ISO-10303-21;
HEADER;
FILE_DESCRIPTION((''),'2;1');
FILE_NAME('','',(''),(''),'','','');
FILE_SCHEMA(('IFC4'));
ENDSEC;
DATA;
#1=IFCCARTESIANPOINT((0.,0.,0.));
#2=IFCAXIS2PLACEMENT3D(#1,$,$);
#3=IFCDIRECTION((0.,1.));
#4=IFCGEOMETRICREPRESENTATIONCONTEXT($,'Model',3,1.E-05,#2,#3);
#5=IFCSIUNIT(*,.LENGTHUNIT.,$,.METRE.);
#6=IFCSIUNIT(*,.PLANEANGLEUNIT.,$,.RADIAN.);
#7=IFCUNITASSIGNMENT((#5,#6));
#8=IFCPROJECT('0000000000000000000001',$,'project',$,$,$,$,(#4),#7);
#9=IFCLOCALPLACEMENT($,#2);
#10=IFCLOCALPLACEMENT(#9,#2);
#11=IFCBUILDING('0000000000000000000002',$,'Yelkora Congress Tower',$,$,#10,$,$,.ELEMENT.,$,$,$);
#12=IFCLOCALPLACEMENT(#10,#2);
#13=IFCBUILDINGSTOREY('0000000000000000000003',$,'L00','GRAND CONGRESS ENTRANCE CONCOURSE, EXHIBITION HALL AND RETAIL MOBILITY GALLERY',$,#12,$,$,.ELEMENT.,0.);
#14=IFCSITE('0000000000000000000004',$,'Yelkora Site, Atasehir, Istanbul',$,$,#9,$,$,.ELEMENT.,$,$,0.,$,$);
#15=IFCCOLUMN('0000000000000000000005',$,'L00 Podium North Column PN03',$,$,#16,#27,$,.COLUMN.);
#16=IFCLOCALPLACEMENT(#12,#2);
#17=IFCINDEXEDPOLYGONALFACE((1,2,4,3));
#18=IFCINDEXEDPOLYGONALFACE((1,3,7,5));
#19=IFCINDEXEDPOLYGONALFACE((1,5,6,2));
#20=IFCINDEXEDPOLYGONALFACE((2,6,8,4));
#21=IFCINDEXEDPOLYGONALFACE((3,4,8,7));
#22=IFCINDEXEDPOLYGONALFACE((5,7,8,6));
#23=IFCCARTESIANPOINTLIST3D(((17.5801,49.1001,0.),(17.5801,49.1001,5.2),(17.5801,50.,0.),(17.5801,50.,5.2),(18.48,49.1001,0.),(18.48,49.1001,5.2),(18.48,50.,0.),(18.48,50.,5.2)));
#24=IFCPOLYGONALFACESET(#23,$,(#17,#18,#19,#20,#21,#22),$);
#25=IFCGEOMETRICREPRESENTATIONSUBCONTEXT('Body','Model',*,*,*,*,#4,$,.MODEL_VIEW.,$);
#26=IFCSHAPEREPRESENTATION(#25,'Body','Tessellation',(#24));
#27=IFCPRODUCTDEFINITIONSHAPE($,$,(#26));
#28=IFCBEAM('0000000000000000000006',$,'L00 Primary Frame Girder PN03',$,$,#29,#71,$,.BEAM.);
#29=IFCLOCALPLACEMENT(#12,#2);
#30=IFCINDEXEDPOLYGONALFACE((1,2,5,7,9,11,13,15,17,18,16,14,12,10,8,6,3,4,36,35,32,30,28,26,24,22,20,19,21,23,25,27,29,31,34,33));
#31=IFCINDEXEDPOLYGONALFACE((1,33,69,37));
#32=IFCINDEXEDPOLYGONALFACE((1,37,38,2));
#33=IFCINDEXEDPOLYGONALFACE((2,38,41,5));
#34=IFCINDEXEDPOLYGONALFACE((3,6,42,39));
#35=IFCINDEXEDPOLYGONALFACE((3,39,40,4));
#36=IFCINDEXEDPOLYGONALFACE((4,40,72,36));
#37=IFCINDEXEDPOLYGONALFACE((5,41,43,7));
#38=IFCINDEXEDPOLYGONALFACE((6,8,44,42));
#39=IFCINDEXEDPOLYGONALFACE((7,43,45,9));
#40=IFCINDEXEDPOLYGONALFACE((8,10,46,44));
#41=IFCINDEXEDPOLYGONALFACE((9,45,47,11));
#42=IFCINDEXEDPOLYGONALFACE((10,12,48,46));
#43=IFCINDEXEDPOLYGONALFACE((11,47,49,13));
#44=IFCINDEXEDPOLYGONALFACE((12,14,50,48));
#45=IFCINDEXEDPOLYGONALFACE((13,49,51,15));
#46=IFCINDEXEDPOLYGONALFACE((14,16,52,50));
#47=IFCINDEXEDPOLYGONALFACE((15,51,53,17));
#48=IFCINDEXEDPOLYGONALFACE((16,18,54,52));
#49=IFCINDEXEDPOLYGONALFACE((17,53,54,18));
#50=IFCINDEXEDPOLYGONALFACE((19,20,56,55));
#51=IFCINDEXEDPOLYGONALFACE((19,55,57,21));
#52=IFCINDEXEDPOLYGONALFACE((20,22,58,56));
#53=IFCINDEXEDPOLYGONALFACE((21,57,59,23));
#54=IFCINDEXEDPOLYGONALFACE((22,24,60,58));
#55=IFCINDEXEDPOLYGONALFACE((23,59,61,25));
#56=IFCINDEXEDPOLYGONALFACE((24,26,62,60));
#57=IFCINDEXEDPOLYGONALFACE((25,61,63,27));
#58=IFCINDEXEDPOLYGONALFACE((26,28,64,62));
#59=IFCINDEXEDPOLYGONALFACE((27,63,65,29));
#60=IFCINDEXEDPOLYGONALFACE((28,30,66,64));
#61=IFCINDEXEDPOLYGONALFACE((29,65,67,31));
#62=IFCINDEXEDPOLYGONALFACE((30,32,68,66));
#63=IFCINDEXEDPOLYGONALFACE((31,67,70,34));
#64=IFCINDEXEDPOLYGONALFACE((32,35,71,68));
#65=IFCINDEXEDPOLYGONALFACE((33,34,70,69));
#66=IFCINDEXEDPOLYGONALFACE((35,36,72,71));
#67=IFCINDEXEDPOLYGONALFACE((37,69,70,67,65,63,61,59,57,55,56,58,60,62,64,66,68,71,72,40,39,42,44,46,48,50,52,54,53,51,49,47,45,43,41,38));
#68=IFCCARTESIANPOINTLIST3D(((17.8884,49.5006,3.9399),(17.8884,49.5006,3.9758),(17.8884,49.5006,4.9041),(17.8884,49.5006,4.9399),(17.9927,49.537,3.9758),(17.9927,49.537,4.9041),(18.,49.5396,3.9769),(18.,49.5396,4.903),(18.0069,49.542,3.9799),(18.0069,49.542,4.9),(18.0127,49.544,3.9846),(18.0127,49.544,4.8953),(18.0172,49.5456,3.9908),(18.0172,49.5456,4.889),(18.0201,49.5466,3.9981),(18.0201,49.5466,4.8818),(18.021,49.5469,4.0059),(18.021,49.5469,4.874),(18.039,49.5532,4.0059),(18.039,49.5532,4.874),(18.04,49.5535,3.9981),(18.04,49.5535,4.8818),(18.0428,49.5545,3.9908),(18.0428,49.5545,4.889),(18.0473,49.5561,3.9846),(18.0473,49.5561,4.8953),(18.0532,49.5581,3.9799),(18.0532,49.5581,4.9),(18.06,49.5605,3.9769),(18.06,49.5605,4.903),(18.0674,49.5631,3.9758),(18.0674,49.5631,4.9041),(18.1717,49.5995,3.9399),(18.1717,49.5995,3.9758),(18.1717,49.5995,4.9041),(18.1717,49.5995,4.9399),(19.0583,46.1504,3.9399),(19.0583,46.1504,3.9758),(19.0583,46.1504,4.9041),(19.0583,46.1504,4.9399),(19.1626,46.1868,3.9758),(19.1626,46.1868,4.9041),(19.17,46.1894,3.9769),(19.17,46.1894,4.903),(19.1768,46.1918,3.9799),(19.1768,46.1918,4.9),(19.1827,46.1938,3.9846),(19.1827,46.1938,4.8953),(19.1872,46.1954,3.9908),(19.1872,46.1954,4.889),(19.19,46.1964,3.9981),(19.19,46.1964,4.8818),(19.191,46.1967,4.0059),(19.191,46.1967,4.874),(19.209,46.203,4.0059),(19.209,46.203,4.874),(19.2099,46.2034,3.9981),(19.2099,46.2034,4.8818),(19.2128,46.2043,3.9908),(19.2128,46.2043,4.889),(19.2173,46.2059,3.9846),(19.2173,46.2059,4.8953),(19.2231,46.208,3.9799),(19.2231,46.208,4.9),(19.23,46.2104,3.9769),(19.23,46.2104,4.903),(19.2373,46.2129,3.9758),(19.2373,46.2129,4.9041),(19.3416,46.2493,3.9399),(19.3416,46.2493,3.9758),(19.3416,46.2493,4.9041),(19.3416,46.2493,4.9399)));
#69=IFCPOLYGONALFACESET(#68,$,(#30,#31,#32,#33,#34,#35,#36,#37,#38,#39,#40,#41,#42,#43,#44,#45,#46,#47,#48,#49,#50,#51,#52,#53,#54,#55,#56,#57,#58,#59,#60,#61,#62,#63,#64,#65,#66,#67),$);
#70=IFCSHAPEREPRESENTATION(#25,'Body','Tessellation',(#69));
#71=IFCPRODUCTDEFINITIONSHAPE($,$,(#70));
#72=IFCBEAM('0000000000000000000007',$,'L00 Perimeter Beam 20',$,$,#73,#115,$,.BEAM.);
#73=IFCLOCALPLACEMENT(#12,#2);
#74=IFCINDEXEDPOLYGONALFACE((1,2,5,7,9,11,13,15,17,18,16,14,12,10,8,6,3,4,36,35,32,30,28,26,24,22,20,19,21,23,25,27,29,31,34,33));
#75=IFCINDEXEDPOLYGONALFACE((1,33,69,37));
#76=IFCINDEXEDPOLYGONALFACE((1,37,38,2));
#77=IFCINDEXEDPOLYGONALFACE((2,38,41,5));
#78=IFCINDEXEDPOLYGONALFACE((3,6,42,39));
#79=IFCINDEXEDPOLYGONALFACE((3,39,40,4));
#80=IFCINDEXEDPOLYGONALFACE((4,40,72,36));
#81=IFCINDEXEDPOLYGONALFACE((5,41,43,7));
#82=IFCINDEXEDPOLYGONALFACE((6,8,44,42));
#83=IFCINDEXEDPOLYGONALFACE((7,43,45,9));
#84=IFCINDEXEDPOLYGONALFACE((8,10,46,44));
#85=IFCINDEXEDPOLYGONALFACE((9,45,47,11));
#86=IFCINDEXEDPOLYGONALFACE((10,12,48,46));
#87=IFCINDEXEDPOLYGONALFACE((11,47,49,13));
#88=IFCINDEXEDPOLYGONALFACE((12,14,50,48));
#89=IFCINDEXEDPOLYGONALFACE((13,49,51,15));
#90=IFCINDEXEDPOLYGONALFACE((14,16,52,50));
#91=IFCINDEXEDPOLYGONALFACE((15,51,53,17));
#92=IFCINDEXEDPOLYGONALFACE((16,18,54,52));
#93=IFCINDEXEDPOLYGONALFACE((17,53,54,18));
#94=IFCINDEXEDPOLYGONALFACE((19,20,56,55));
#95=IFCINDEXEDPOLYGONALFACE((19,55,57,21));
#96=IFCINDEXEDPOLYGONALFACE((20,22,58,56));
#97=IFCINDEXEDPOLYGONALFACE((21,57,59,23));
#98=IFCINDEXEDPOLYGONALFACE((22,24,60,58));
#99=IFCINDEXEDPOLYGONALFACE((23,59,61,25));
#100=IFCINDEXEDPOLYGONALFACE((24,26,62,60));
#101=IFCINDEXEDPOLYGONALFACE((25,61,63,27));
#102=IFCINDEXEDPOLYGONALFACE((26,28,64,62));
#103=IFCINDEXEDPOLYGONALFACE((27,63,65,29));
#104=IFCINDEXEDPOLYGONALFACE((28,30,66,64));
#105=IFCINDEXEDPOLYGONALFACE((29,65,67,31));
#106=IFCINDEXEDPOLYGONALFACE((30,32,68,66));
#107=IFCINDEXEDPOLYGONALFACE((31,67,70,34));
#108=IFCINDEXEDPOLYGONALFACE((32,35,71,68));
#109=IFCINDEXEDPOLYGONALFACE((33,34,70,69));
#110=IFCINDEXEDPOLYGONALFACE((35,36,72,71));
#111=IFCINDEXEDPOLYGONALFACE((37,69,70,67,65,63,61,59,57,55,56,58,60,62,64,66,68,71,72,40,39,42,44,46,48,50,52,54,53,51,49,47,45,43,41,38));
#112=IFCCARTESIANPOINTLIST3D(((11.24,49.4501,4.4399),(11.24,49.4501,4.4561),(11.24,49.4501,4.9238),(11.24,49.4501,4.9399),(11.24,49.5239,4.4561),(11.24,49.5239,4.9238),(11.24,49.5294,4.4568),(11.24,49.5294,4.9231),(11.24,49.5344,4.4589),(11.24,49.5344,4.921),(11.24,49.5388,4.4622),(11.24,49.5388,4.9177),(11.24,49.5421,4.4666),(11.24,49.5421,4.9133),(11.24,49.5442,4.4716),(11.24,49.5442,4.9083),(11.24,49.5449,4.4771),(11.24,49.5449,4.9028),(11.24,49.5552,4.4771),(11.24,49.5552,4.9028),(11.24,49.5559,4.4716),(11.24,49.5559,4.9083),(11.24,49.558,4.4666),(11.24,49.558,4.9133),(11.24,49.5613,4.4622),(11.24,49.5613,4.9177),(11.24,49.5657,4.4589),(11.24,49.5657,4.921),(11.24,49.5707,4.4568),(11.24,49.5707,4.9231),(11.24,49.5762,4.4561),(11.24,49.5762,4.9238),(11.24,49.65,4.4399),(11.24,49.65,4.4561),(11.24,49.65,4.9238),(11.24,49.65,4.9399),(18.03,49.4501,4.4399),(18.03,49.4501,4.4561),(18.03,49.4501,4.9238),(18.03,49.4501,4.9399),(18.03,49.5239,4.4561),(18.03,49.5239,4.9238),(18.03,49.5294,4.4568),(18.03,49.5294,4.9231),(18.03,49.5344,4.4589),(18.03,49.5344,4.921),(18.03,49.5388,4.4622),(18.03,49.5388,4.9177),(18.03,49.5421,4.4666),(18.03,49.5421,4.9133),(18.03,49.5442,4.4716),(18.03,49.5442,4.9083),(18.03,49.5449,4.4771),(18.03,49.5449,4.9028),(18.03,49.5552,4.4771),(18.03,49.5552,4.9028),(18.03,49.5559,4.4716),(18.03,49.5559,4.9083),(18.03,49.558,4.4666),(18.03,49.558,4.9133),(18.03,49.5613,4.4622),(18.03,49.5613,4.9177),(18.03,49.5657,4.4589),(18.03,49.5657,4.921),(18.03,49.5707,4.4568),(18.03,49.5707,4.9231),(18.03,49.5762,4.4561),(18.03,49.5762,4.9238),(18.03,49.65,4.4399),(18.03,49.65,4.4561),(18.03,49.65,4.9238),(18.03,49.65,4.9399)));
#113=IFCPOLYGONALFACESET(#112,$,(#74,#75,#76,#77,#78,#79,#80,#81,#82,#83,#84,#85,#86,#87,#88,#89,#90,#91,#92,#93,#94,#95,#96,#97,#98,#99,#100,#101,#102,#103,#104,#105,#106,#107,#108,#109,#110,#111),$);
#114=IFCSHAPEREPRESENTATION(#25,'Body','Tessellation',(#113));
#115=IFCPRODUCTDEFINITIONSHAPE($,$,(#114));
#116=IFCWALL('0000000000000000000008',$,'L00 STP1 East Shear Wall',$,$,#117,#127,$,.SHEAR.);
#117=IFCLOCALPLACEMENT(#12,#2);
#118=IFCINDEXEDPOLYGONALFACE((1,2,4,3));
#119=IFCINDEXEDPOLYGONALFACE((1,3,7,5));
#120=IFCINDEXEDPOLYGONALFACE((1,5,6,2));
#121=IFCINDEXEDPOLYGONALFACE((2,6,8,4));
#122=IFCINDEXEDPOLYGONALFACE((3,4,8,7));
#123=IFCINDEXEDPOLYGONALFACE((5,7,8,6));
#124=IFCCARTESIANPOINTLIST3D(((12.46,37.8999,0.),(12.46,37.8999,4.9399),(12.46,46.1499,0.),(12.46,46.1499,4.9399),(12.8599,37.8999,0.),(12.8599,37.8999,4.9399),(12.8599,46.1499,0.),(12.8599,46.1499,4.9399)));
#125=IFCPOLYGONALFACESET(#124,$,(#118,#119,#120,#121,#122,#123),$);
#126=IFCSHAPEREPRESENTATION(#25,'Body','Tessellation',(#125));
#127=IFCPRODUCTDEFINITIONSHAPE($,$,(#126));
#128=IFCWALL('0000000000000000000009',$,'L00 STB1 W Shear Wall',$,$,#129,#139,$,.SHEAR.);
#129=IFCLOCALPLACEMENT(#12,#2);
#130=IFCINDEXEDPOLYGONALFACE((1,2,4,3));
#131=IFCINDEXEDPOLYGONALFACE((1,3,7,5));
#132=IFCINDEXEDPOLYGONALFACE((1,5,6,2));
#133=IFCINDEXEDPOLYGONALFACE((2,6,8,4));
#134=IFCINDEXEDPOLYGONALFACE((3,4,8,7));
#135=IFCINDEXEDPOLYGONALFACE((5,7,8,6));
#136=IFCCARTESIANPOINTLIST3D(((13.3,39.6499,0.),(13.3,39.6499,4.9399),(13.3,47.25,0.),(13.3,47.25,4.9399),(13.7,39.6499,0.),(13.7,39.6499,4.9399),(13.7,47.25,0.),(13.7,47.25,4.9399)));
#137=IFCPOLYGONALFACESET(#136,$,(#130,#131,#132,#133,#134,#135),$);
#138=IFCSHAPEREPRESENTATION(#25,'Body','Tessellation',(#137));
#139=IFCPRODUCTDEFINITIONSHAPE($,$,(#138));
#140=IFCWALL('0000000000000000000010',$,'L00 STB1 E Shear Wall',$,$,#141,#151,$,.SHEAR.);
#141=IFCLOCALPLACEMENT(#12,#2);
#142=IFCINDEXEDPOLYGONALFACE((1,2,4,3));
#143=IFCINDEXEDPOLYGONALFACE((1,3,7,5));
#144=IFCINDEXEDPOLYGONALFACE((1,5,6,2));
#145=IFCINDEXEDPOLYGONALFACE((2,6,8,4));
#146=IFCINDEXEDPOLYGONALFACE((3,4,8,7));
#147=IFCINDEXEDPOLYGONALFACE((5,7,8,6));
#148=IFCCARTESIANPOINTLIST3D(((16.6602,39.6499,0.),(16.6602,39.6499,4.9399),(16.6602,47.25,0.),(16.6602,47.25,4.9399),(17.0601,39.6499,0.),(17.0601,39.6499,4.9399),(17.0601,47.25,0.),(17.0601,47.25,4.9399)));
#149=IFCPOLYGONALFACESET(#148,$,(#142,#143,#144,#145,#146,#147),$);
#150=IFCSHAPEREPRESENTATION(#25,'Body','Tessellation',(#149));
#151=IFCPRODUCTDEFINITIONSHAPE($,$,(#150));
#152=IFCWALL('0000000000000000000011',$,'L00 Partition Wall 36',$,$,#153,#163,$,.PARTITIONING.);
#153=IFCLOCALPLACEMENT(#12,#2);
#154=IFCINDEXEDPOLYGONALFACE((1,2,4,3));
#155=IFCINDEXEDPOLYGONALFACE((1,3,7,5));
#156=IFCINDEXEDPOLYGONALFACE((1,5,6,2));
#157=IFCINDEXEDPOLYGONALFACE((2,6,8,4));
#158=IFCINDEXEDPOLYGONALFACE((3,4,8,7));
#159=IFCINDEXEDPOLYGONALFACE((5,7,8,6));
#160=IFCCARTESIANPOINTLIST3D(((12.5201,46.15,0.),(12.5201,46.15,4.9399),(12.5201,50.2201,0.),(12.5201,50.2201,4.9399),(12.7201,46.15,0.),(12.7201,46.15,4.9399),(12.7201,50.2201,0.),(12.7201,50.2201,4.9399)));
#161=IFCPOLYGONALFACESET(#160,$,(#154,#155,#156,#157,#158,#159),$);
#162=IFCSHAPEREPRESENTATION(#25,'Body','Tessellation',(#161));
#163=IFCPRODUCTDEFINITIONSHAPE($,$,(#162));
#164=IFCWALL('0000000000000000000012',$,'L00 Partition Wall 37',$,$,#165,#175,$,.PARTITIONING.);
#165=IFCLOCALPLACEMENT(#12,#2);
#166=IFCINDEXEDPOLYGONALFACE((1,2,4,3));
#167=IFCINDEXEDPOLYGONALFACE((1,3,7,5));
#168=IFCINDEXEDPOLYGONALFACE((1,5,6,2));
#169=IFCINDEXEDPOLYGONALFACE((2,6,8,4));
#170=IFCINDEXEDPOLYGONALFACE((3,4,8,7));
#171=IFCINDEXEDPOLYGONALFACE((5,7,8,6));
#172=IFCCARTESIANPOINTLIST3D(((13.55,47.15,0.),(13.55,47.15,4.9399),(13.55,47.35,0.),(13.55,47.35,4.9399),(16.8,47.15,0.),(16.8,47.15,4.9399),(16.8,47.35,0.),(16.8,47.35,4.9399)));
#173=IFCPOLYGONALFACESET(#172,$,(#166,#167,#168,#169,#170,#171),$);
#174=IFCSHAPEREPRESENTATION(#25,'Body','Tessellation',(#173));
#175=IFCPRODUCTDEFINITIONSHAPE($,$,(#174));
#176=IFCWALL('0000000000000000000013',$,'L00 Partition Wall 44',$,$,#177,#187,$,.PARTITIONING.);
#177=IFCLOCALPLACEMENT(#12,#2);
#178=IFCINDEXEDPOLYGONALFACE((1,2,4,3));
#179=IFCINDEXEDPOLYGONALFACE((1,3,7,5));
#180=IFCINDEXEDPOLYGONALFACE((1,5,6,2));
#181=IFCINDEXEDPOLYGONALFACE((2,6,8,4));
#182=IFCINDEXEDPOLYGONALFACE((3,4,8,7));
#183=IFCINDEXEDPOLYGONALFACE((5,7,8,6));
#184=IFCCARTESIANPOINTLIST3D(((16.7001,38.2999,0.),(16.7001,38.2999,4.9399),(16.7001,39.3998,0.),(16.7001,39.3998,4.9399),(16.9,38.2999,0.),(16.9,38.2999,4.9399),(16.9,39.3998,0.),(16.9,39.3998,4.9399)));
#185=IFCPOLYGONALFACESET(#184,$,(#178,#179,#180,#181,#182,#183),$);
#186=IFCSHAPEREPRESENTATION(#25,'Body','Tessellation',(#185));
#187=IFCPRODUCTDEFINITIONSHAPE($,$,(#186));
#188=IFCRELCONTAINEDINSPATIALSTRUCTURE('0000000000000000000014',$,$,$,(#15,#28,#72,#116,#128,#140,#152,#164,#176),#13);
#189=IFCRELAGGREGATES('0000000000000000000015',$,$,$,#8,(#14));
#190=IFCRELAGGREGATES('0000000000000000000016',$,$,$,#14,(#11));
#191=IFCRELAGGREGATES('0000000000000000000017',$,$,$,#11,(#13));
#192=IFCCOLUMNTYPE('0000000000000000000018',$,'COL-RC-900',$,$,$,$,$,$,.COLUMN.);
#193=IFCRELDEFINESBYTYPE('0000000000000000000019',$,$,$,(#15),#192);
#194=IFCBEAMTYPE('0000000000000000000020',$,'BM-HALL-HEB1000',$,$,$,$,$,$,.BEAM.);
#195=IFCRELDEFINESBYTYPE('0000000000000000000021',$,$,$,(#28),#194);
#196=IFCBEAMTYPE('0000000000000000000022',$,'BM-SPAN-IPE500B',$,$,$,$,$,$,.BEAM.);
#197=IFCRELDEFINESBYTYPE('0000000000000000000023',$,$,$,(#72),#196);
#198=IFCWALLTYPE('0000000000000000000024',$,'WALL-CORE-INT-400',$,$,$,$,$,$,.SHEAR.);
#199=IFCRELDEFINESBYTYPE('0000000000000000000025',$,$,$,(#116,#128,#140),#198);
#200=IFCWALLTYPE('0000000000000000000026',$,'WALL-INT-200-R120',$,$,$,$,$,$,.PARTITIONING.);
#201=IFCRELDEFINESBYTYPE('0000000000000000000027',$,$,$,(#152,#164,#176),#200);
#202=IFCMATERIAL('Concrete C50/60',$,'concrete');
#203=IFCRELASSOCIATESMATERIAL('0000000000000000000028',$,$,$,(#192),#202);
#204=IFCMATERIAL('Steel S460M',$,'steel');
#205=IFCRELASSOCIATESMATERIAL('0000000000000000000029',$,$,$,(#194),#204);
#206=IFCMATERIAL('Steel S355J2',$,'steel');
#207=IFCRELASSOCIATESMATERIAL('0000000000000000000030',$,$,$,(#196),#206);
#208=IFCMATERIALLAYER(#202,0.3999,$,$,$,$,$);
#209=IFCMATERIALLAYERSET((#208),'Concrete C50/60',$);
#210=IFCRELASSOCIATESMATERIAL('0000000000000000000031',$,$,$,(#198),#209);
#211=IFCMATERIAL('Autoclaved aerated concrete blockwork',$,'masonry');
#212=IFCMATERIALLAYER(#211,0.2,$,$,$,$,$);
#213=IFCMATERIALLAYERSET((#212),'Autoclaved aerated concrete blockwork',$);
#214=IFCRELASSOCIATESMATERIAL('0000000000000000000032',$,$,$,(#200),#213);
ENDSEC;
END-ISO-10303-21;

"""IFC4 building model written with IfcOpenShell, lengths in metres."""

from ifc_helpers import new_model, si_unit, direction, frame, frame_2d, origin, origin_2d, place, context, subcontext, project, spatial, rectangle, i_section, extrude, material, layer, layer_set, material_profile, profile_set, type_object, element, save


model = new_model("IFC4")

# Units and contexts
model_context = context("Model", 3, precision=1e-05, world=origin(), true_north=direction((0.0, 1.0)))
body_context = subcontext(model_context, "Body", "Model", "MODEL_VIEW")
ifc_project = project(units=[si_unit("LENGTHUNIT", "METRE"), si_unit("PLANEANGLEUNIT", "RADIAN")], contexts=[model_context])

# Site, building, storey
site_placement = place(None, origin())
site = spatial("IfcSite", under=ifc_project, at=site_placement, Name="Yelkora Site, Atasehir, Istanbul", CompositionType="ELEMENT", RefElevation=0.0)
building_placement = place(site_placement, origin())
building = spatial("IfcBuilding", under=site, at=building_placement, Name="Yelkora Congress Tower", CompositionType="ELEMENT")
storey_placement = place(building_placement, origin())
storey = spatial("IfcBuildingStorey", under=building, at=storey_placement, Name="L00", Description="GRAND CONGRESS ENTRANCE CONCOURSE, EXHIBITION HALL AND RETAIL MOBILITY GALLERY", CompositionType="ELEMENT", Elevation=0.0)

# Column
ifc_material_1 = material(Name="Concrete C50/60", Category="concrete")
ifc_material_profile_1 = material_profile(ifc_material_1, rectangle(XDim=0.8999, YDim=0.8999, at=origin_2d()), Name="RC 900x900")
ifc_profile_set_1 = profile_set([ifc_material_profile_1], Name="Concrete C50/60")
column_type = type_object("IfcColumnType", Name="COL-RC-900", PredefinedType="COLUMN", material=ifc_profile_set_1)
column_placement = place(storey_placement, frame((18.03, 49.55, 0.0), z_axis=(0.0, 0.0, 1.0), x_axis=(1.0, 0.0, 0.0)))
element("IfcColumn", 1, at=column_placement, inside=storey, type_object=column_type, Name="L00 Podium North Column PN03", PredefinedType="COLUMN", context=body_context, shape_type="SweptSolid", body=[
    extrude(rectangle(XDim=0.8999, YDim=0.8999, at=origin_2d()), origin(), (0.0, 0.0, 1.0), 5.2),
])

# Beams
ifc_material_2 = material(Name="Steel S460M", Category="steel")
ifc_material_profile_2 = material_profile(ifc_material_2, i_section(OverallWidth=0.3, OverallDepth=1.0, WebThickness=0.019, FlangeThickness=0.0359, FilletRadius=0.03, at=origin_2d()), Name="HEB 1000")
ifc_profile_set_2 = profile_set([ifc_material_profile_2], Name="Steel S460M")
beam_type_1 = type_object("IfcBeamType", Name="BM-HALL-HEB1000", PredefinedType="BEAM", material=ifc_profile_set_2)
beam_1_placement = place(storey_placement, frame((18.03, 49.55, 4.4399), z_axis=(0.329695, -0.944088, 0.0), x_axis=(0.944088, 0.329695, 0.0)))
element("IfcBeam", 2, at=beam_1_placement, inside=storey, type_object=beam_type_1, Name="L00 Primary Frame Girder PN03", PredefinedType="BEAM", context=body_context, shape_type="SweptSolid", body=[
    extrude(i_section(OverallWidth=0.3, OverallDepth=1.0, WebThickness=0.019, FlangeThickness=0.0359, FilletRadius=0.03, at=origin_2d()), origin(), (0.0, 0.0, 1.0), 3.5486),
])
ifc_material_3 = material(Name="Steel S355J2", Category="steel")
ifc_material_profile_3 = material_profile(ifc_material_3, i_section(OverallWidth=0.2, OverallDepth=0.5, WebThickness=0.0103, FlangeThickness=0.0161, FilletRadius=0.021, at=origin_2d()), Name="IPE 500")
ifc_profile_set_3 = profile_set([ifc_material_profile_3], Name="Steel S355J2")
beam_type_2 = type_object("IfcBeamType", Name="BM-SPAN-IPE500B", PredefinedType="BEAM", material=ifc_profile_set_3)
beam_2_placement = place(storey_placement, frame((18.03, 49.55, 4.6899), z_axis=(-1.0, 0.0, 0.0), x_axis=(0.0, -1.0, 0.0)))
element("IfcBeam", 3, at=beam_2_placement, inside=storey, type_object=beam_type_2, Name="L00 Perimeter Beam 20", PredefinedType="BEAM", context=body_context, shape_type="SweptSolid", body=[
    extrude(i_section(OverallWidth=0.2, OverallDepth=0.5, WebThickness=0.0103, FlangeThickness=0.0161, FilletRadius=0.021, at=origin_2d()), origin(), (0.0, 0.0, 1.0), 6.79),
])

# Walls
ifc_layer_1 = layer(ifc_material_1, 0.3999)
ifc_layer_set_1 = layer_set([ifc_layer_1], Name="Concrete C50/60")
wall_type_1 = type_object("IfcWallType", Name="WALL-CORE-INT-400", PredefinedType="SHEAR", material=ifc_layer_set_1)
wall_1_placement = place(storey_placement, frame((12.6599, 37.8999, 0.0), z_axis=(0.0, 0.0, 1.0), x_axis=(0.0, 1.0, 0.0)))
element("IfcWall", 4, at=wall_1_placement, inside=storey, type_object=wall_type_1, Name="L00 STP1 East Shear Wall", PredefinedType="SHEAR", context=body_context, shape_type="SweptSolid", body=[
    extrude(rectangle(XDim=8.25, YDim=0.3999, at=frame_2d((4.125, 0.0))), origin(), (0.0, 0.0, 1.0), 4.9399),
])
for number, where, z_axis, x_axis, name in (
    (5, (13.5, 39.6499, 0.0), (0.0, 0.0, 1.0), (0.0, 1.0, 0.0), "L00 STB1 W Shear Wall"),
    (6, (16.8601, 39.6499, 0.0), (0.0, 0.0, 1.0), (0.0, 1.0, 0.0), "L00 STB1 E Shear Wall"),
):
    element("IfcWall", number, at=place(storey_placement, frame(where, z_axis=z_axis, x_axis=x_axis)), inside=storey, type_object=wall_type_1, Name=name, PredefinedType="SHEAR", context=body_context, shape_type="SweptSolid", body=[
        extrude(rectangle(XDim=7.6001, YDim=0.3999, at=frame_2d((3.8, 0.0))), origin(), (0.0, 0.0, 1.0), 4.9399),
    ])
ifc_material_4 = material(Name="Autoclaved aerated concrete blockwork", Category="masonry")
ifc_layer_2 = layer(ifc_material_4, 0.2)
ifc_layer_set_2 = layer_set([ifc_layer_2], Name="Autoclaved aerated concrete blockwork")
wall_type_2 = type_object("IfcWallType", Name="WALL-INT-200-R120", PredefinedType="PARTITIONING", material=ifc_layer_set_2)
wall_2_placement = place(storey_placement, frame((12.6201, 46.1499, 0.0), z_axis=(0.0, 0.0, 1.0), x_axis=(0.0, 1.0, 0.0)))
element("IfcWall", 7, at=wall_2_placement, inside=storey, type_object=wall_type_2, Name="L00 Partition Wall 36", PredefinedType="PARTITIONING", context=body_context, shape_type="SweptSolid", body=[
    extrude(rectangle(XDim=4.0701, YDim=0.2, at=frame_2d((2.0352, 0.0))), origin(), (0.0, 0.0, 1.0), 4.9399),
])
wall_3_placement = place(storey_placement, frame((13.55, 47.25, 0.0), z_axis=(0.0, 0.0, 1.0), x_axis=(1.0, 0.0, 0.0)))
element("IfcWall", 8, at=wall_3_placement, inside=storey, type_object=wall_type_2, Name="L00 Partition Wall 37", PredefinedType="PARTITIONING", context=body_context, shape_type="SweptSolid", body=[
    extrude(rectangle(XDim=3.25, YDim=0.2, at=frame_2d((1.625, 0.0))), origin(), (0.0, 0.0, 1.0), 4.9399),
])

# Wall
wall_4_placement = place(storey_placement, frame((16.8, 38.3, 0.0), z_axis=(0.0, 0.0, 1.0), x_axis=(0.0, 1.0, 0.0)))
element("IfcWall", 9, at=wall_4_placement, inside=storey, type_object=wall_type_2, Name="L00 Partition Wall 44", PredefinedType="PARTITIONING", context=body_context, shape_type="SweptSolid", body=[
    extrude(rectangle(XDim=1.0999, YDim=0.2, at=frame_2d((0.5498, 0.0))), origin(), (0.0, 0.0, 1.0), 4.9399),
])

save(model, "model.ifc")
